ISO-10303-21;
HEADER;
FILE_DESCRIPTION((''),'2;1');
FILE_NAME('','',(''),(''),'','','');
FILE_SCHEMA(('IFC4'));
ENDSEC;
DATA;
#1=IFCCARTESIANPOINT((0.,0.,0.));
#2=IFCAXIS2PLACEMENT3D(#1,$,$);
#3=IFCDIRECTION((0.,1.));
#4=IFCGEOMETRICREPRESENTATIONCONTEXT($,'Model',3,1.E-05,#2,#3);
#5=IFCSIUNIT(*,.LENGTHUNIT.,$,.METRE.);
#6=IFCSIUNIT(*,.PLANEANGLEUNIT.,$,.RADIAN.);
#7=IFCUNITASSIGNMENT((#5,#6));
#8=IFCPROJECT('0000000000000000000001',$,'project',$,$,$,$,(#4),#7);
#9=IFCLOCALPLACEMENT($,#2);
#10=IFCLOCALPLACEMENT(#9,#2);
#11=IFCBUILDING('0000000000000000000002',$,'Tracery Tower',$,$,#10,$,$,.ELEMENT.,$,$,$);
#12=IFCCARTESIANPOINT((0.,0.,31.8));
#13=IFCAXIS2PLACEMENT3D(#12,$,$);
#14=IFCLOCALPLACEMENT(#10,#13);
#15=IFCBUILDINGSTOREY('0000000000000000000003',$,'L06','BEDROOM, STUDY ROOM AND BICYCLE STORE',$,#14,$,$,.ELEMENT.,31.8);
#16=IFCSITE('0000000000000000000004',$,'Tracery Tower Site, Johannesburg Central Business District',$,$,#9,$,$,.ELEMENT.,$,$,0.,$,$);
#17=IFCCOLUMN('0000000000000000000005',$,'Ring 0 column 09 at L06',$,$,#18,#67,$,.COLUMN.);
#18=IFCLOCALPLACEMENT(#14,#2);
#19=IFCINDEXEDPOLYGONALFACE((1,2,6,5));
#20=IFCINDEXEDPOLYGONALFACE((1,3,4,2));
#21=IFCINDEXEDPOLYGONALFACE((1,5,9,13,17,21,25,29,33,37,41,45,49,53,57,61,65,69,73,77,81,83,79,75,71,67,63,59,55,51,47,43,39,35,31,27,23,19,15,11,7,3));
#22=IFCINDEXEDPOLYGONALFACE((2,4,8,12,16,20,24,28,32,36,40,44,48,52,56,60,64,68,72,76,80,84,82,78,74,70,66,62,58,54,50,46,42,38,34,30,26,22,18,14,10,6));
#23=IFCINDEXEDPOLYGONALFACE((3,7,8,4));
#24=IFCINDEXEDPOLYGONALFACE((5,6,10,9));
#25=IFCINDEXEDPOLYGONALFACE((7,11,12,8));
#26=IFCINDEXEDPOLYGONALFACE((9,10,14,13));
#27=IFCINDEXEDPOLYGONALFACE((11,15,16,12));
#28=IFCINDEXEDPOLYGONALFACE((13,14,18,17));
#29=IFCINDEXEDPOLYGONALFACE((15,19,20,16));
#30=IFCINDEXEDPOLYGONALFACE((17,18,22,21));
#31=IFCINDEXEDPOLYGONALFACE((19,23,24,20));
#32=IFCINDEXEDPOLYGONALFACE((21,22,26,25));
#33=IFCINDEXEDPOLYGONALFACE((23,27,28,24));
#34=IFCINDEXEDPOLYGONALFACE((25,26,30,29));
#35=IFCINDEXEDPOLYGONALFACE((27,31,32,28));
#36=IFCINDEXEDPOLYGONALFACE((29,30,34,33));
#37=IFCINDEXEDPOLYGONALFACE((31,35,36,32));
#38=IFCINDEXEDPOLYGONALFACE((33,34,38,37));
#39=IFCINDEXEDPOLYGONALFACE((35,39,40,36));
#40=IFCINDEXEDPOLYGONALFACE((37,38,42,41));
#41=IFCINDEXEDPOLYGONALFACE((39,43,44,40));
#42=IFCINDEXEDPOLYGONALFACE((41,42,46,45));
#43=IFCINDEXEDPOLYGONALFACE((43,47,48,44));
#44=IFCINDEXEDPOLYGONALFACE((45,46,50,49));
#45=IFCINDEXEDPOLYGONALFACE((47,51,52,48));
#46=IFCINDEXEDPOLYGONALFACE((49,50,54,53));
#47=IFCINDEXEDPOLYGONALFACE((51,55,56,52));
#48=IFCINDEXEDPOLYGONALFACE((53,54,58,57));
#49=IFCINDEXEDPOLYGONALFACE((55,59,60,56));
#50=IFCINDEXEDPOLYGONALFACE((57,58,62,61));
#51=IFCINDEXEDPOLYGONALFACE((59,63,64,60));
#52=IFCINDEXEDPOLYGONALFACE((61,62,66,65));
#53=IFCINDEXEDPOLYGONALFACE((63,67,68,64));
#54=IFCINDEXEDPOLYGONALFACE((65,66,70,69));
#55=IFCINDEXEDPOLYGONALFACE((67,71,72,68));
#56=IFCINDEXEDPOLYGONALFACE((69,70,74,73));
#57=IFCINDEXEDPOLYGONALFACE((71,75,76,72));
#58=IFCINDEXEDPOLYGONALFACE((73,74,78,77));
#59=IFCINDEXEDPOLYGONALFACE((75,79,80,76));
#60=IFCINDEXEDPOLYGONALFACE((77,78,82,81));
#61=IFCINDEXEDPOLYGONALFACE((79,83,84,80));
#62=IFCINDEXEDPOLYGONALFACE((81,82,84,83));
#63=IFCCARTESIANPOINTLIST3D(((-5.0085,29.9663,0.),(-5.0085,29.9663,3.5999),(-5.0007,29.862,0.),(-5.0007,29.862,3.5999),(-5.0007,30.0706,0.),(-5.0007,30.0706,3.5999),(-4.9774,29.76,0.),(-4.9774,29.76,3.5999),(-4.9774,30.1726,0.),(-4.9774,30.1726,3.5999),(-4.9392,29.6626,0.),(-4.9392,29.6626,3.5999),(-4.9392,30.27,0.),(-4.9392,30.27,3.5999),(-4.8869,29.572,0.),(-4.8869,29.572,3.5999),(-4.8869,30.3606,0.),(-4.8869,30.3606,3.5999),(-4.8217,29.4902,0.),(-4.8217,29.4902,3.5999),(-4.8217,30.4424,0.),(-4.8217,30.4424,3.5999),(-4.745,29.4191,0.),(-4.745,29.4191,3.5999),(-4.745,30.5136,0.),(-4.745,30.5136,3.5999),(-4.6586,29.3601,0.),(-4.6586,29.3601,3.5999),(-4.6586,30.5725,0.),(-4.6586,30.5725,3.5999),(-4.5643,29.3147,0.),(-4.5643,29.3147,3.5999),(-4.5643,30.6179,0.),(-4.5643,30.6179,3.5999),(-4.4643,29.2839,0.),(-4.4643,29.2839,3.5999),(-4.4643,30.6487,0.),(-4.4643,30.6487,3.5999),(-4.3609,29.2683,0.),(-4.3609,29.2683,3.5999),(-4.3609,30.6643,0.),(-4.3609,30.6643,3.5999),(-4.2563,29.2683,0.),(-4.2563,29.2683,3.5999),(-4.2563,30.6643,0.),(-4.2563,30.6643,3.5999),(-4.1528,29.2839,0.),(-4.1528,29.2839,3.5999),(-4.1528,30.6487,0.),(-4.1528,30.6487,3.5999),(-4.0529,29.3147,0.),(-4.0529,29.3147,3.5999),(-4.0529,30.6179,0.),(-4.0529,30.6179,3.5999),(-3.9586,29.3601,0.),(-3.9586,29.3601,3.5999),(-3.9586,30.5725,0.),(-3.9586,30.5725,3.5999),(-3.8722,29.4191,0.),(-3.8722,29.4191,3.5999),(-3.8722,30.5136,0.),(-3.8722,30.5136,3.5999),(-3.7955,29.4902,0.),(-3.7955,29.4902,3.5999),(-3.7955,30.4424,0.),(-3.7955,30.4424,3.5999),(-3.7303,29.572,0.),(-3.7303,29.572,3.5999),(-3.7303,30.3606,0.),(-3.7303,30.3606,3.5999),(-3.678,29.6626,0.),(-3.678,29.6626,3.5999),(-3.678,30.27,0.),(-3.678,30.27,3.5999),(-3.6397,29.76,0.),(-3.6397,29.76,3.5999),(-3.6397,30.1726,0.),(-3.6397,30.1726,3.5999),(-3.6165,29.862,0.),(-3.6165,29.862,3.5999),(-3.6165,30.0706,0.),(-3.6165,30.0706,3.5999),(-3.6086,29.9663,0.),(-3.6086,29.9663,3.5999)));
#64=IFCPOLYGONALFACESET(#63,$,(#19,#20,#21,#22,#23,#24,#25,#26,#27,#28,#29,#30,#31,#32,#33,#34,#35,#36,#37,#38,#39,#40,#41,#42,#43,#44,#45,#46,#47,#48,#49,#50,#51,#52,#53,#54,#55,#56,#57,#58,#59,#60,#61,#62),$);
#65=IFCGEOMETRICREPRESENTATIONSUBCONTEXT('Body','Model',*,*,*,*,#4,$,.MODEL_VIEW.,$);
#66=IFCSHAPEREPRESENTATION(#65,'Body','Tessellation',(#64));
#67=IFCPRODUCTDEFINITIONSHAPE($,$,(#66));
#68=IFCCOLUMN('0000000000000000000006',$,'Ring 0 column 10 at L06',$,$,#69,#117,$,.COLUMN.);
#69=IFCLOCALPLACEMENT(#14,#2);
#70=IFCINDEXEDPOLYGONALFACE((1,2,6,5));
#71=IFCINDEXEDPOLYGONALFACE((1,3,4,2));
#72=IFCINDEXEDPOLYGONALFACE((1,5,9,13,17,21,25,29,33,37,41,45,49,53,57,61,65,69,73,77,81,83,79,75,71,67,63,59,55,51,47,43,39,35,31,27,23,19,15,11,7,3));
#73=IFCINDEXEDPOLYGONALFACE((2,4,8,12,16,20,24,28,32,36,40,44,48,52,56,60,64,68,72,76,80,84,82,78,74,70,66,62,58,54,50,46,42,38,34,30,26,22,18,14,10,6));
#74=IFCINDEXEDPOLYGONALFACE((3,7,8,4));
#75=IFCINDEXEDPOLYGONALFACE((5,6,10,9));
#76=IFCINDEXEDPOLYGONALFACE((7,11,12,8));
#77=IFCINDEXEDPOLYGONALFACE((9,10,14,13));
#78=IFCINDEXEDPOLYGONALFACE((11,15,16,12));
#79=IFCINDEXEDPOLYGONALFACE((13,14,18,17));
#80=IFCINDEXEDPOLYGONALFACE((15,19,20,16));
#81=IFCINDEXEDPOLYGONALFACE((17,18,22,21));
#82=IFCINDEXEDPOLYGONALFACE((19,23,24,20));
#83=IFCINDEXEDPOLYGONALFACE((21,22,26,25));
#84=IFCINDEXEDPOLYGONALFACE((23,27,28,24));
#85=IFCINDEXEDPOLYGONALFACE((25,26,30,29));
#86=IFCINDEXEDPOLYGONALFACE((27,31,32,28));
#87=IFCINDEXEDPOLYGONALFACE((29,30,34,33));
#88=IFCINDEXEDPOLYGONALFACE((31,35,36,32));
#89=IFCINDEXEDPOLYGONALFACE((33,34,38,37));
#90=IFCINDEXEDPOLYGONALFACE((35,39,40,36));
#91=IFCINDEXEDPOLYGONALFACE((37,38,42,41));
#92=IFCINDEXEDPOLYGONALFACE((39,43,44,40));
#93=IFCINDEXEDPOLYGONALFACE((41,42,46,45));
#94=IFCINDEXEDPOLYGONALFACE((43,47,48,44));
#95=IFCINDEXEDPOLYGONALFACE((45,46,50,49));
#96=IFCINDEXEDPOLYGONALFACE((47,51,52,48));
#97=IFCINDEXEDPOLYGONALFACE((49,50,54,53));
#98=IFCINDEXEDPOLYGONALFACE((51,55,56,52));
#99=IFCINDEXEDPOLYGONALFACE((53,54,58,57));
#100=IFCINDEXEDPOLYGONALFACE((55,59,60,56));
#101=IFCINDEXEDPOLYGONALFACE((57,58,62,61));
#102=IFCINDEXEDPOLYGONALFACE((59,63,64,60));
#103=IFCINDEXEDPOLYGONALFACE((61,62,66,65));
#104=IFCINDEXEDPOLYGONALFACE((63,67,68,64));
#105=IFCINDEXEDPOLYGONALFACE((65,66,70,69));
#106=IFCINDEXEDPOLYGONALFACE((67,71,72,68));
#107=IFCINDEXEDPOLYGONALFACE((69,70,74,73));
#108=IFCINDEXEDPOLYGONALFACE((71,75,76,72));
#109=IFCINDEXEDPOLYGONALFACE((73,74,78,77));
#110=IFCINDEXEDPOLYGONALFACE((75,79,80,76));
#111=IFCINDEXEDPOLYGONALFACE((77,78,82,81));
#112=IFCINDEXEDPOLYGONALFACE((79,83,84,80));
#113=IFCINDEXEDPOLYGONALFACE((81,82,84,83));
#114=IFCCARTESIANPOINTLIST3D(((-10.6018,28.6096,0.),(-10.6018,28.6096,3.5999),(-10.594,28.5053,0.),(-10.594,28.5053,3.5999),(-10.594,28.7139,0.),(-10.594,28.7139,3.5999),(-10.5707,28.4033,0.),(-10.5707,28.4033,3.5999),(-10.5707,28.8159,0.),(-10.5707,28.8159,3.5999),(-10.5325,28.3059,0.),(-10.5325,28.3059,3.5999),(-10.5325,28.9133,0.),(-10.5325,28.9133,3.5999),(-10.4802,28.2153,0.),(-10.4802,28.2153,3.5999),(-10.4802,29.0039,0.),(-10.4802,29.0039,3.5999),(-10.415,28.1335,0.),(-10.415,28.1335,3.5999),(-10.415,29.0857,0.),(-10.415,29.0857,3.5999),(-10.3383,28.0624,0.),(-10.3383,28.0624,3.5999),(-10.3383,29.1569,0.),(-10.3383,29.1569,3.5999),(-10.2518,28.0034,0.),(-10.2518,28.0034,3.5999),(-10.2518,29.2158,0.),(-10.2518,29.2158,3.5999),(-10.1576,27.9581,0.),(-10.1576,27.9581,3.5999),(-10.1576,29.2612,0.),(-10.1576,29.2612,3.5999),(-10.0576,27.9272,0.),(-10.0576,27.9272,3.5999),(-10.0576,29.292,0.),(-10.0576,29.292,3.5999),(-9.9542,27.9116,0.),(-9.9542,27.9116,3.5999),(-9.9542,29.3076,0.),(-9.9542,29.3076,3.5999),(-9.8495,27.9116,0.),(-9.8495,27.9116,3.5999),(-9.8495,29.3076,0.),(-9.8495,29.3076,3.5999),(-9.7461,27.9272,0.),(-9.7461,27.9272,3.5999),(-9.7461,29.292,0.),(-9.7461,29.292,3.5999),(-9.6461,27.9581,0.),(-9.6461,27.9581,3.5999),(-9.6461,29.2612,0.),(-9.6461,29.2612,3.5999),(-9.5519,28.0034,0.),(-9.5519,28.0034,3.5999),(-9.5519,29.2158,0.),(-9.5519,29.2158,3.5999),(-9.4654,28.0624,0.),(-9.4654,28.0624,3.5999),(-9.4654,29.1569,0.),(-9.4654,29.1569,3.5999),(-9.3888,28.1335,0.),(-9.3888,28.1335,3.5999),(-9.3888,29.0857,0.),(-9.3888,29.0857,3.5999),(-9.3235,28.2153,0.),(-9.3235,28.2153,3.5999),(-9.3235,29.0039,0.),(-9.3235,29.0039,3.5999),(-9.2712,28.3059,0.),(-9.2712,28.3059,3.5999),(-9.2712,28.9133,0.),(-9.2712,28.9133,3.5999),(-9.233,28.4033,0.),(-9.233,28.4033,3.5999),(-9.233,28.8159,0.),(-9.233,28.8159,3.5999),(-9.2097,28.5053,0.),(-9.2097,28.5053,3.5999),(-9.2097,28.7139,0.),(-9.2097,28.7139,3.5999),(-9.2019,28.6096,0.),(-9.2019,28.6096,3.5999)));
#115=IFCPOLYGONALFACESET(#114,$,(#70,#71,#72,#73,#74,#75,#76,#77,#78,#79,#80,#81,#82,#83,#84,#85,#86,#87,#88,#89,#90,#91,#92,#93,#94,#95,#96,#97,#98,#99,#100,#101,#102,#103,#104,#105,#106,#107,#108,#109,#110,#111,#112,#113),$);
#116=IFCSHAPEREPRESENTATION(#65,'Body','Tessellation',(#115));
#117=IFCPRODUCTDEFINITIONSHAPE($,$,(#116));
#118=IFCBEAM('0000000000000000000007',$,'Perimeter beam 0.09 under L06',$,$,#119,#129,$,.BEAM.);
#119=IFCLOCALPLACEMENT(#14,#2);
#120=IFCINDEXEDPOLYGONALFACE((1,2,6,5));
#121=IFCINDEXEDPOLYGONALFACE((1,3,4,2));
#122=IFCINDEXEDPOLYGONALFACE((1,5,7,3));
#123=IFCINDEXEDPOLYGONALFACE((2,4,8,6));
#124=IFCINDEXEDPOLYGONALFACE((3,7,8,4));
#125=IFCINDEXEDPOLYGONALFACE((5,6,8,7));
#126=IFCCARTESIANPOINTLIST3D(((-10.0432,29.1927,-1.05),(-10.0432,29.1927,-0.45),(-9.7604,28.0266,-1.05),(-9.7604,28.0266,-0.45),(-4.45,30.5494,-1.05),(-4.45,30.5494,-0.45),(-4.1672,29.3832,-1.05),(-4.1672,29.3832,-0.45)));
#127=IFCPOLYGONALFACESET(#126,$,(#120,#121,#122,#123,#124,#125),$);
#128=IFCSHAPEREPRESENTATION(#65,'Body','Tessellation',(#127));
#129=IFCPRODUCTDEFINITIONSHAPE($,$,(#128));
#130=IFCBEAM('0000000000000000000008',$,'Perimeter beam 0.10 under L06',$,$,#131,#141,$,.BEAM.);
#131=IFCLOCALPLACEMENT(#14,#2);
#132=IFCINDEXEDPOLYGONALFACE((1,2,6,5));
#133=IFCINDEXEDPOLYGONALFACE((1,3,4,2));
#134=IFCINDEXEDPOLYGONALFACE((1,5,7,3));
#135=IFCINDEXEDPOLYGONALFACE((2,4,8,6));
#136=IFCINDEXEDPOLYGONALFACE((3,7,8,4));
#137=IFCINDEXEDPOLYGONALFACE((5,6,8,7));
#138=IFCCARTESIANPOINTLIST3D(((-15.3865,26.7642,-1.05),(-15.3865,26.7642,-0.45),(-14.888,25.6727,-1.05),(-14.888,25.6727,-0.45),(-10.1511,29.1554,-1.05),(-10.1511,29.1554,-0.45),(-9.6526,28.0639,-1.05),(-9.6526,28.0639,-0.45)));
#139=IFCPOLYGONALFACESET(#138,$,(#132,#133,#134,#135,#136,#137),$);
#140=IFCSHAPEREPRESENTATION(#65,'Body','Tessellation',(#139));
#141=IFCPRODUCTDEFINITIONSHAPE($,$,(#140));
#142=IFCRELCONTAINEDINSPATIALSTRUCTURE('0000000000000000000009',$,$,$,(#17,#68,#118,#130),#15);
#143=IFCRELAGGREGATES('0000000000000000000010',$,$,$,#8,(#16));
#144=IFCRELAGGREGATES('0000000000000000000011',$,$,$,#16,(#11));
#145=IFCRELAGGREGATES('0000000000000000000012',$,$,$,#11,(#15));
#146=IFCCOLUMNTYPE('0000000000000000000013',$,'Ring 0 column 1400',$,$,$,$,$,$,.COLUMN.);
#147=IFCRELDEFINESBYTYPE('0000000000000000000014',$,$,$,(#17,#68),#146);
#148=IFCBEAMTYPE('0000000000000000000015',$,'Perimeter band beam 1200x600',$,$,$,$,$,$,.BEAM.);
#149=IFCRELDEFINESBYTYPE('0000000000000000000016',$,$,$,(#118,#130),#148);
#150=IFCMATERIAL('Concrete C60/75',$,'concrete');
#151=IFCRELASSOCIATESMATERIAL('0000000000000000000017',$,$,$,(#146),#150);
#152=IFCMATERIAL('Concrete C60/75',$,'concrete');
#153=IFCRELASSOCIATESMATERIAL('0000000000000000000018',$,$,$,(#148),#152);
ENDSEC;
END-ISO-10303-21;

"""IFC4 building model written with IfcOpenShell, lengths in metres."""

from ifc_helpers import new_model, si_unit, direction, frame, origin, origin_2d, place, context, subcontext, project, spatial, rectangle, circle, extrude, material, material_profile, profile_set, type_object, element, save


model = new_model("IFC4")

# Units and contexts
model_context = context("Model", 3, precision=1e-05, world=origin(), true_north=direction((0.0, 1.0)))
body_context = subcontext(model_context, "Body", "Model", "MODEL_VIEW")
ifc_project = project(units=[si_unit("LENGTHUNIT", "METRE"), si_unit("PLANEANGLEUNIT", "RADIAN")], contexts=[model_context])

# Site, building, storey
site_placement = place(None, origin())
site = spatial("IfcSite", under=ifc_project, at=site_placement, Name="Tracery Tower Site, Johannesburg Central Business District", CompositionType="ELEMENT", RefElevation=0.0)
building_placement = place(site_placement, origin())
building = spatial("IfcBuilding", under=site, at=building_placement, Name="Tracery Tower", CompositionType="ELEMENT")
storey_placement = place(building_placement, frame((0.0, 0.0, 31.8)))
storey = spatial("IfcBuildingStorey", under=building, at=storey_placement, Name="L06", Description="BEDROOM, STUDY ROOM AND BICYCLE STORE", CompositionType="ELEMENT", Elevation=31.8)

# Columns
ifc_material_1 = material(Name="Concrete C60/75", Category="concrete")
ifc_material_profile_1 = material_profile(ifc_material_1, circle(Radius=0.7, at=origin_2d()), Name="RC D1400")
ifc_profile_set_1 = profile_set([ifc_material_profile_1], Name="Concrete C60/75")
column_type = type_object("IfcColumnType", Name="Ring 0 column 1400", PredefinedType="COLUMN", material=ifc_profile_set_1)
for number, where, z_axis, x_axis, name in (
    (1, (-4.3086, 29.9663, 0.0), (0.0, 0.0, 1.0), (1.0, 0.0, 0.0), "Ring 0 column 09 at L06"),
    (2, (-9.9019, 28.6096, 0.0), (0.0, 0.0, 1.0), (1.0, 0.0, 0.0), "Ring 0 column 10 at L06"),
):
    element("IfcColumn", number, at=place(storey_placement, frame(where, z_axis=z_axis, x_axis=x_axis)), inside=storey, type_object=column_type, Name=name, PredefinedType="COLUMN", context=body_context, shape_type="SweptSolid", body=[
        extrude(circle(Radius=0.7, at=origin_2d()), origin(), (0.0, 0.0, 1.0), 3.5999),
    ])

# Beams
ifc_material_2 = material(Name="Concrete C60/75", Category="concrete")
ifc_material_profile_2 = material_profile(ifc_material_2, rectangle(XDim=1.2, YDim=0.6001, at=origin_2d()), Name="RC 1200x600")
ifc_profile_set_2 = profile_set([ifc_material_profile_2], Name="Concrete C60/75")
beam_type = type_object("IfcBeamType", Name="Perimeter band beam 1200x600", PredefinedType="BEAM", material=ifc_profile_set_2)
beam_1_placement = place(storey_placement, frame((-4.3086, 29.9663, -0.75), z_axis=(-0.97182, -0.235723, 0.0), x_axis=(0.235723, -0.97182, 0.0)))
element("IfcBeam", 3, at=beam_1_placement, inside=storey, type_object=beam_type, Name="Perimeter beam 0.09 under L06", PredefinedType="BEAM", context=body_context, shape_type="SweptSolid", body=[
    extrude(rectangle(XDim=1.2, YDim=0.6001, at=origin_2d()), origin(), (0.0, 0.0, 1.0), 5.7554),
])
beam_2_placement = place(storey_placement, frame((-9.9019, 28.6096, -0.75), z_axis=(-0.909618, -0.415445, 0.0), x_axis=(0.415445, -0.909618, 0.0)))
element("IfcBeam", 4, at=beam_2_placement, inside=storey, type_object=beam_type, Name="Perimeter beam 0.10 under L06", PredefinedType="BEAM", context=body_context, shape_type="SweptSolid", body=[
    extrude(rectangle(XDim=1.2, YDim=0.6001, at=origin_2d()), origin(), (0.0, 0.0, 1.0), 5.7556),
])

save(model, "model.ifc")
